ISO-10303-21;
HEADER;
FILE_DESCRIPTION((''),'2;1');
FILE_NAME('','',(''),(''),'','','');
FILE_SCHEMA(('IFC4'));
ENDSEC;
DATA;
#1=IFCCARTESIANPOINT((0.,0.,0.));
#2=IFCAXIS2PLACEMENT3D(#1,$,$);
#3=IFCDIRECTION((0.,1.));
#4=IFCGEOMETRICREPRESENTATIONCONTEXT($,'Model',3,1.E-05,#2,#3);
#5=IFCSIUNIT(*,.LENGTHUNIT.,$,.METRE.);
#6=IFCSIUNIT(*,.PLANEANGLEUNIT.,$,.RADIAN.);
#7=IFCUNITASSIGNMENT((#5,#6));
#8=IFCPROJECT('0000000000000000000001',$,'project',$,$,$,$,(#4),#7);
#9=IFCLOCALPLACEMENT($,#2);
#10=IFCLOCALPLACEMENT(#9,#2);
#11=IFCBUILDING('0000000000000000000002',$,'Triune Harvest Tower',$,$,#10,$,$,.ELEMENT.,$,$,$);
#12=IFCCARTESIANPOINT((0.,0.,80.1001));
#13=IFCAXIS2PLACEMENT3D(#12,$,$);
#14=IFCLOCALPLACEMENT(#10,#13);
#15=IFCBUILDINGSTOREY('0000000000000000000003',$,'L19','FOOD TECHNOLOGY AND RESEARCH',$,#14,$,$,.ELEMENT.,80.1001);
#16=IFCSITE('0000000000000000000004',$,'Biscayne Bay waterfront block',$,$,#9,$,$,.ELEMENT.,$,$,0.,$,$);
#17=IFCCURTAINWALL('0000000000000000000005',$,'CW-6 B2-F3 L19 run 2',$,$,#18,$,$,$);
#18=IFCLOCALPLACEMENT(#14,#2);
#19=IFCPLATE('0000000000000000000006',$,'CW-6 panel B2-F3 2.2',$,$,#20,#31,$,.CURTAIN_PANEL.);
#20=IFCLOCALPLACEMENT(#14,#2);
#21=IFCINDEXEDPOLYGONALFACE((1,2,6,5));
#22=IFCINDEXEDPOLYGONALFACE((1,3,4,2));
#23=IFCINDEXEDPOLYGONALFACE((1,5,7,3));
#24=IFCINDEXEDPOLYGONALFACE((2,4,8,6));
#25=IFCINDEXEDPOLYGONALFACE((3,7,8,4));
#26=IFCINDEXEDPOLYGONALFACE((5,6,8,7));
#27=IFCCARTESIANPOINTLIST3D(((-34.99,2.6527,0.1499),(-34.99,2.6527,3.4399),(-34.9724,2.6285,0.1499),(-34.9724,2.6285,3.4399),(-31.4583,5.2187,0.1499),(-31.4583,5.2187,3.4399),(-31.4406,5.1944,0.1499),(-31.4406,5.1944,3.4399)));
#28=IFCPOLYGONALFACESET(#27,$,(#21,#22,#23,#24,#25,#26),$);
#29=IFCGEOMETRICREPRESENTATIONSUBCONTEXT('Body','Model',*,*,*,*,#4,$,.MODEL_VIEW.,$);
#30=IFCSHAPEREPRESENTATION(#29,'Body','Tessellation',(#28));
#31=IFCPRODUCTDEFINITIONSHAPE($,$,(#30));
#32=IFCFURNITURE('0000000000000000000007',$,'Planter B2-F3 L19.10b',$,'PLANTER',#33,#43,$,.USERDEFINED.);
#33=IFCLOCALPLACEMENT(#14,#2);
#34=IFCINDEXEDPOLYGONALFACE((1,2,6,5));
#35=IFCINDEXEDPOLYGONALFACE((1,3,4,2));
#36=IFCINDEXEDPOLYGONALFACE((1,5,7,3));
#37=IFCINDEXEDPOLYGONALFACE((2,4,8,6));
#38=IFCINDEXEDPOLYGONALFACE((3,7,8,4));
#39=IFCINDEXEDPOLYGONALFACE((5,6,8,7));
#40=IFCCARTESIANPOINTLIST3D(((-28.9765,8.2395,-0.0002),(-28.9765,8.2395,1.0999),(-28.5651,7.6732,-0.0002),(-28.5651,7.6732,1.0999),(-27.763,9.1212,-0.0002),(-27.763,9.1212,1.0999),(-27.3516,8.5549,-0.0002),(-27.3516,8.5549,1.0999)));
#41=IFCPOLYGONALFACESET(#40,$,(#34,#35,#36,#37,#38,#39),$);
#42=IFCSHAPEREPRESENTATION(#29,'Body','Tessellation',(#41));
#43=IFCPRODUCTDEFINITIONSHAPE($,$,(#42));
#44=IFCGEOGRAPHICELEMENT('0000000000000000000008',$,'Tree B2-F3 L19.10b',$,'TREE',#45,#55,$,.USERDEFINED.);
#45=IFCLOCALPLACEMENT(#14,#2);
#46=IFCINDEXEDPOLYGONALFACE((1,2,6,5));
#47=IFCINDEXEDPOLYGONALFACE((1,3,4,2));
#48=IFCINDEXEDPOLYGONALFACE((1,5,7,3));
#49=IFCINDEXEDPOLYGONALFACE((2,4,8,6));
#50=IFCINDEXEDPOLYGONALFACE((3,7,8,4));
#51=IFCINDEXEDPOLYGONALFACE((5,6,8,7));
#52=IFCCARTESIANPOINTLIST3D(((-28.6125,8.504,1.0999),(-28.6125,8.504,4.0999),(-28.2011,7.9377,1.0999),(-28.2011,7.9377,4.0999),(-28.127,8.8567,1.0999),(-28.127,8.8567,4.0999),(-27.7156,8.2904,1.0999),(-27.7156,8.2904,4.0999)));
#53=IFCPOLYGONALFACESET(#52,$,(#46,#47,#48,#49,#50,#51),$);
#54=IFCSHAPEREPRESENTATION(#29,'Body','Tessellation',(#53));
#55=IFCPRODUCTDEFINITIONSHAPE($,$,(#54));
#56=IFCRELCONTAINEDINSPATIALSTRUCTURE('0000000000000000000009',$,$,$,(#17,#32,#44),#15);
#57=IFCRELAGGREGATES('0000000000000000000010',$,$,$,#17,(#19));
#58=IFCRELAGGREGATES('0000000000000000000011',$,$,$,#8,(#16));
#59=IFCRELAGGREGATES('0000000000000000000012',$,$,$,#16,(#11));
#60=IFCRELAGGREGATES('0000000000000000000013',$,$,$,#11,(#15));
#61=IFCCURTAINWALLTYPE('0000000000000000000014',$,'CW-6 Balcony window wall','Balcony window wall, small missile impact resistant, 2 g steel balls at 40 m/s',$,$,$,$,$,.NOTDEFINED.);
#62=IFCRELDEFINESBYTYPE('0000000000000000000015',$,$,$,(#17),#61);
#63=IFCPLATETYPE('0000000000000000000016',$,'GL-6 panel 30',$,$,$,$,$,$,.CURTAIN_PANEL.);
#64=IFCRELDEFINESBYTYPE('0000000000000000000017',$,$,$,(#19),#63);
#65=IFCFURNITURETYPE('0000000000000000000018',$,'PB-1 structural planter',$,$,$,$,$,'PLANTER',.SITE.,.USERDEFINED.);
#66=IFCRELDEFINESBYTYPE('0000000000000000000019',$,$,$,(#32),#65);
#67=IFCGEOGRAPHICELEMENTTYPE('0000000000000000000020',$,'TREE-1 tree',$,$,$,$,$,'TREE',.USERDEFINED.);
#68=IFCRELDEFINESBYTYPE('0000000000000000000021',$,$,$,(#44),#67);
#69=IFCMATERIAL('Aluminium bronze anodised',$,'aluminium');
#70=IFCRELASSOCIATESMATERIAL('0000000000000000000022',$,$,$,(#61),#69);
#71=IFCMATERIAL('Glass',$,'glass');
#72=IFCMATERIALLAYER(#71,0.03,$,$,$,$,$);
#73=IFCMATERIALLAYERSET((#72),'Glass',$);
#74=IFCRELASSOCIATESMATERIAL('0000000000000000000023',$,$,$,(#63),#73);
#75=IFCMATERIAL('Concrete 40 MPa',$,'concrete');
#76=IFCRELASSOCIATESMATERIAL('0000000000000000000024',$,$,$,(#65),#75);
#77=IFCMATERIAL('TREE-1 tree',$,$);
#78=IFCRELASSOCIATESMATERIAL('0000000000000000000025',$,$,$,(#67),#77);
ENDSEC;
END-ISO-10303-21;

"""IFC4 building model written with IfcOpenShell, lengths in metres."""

from ifc_helpers import new_model, si_unit, direction, frame, origin, origin_2d, place, context, subcontext, project, spatial, rectangle, extrude, source, transform, mapped, material, layer, layer_set, type_object, element, aggregate, save


model = new_model("IFC4")

# Units and contexts
model_context = context("Model", 3, precision=1e-05, world=origin(), true_north=direction((0.0, 1.0)))
body_context = subcontext(model_context, "Body", "Model", "MODEL_VIEW")
ifc_project = project(units=[si_unit("LENGTHUNIT", "METRE"), si_unit("PLANEANGLEUNIT", "RADIAN")], contexts=[model_context])

# Site, building, storey
site_placement = place(None, origin())
site = spatial("IfcSite", under=ifc_project, at=site_placement, Name="Biscayne Bay waterfront block", CompositionType="ELEMENT", RefElevation=0.0)
building_placement = place(site_placement, origin())
building = spatial("IfcBuilding", under=site, at=building_placement, Name="Triune Harvest Tower", CompositionType="ELEMENT")
storey_placement = place(building_placement, frame((0.0, 0.0, 80.1001)))
storey = spatial("IfcBuildingStorey", under=building, at=storey_placement, Name="L19", Description="FOOD TECHNOLOGY AND RESEARCH", CompositionType="ELEMENT", Elevation=80.1001)

# Curtain wall
ifc_material_1 = material(Name="Aluminium bronze anodised", Category="aluminium")
curtain_wall_type_1 = type_object("IfcCurtainWallType", Name="CW-6 Balcony window wall", Description="Balcony window wall, small missile impact resistant, 2 g steel balls at 40 m/s", PredefinedType="NOTDEFINED", material=ifc_material_1)
curtain_wall_1_placement = place(storey_placement, origin())
curtain_wall_1 = element("IfcCurtainWall", 1, at=curtain_wall_1_placement, inside=storey, type_object=curtain_wall_type_1, Name="CW-6 B2-F3 L19 run 2")

# Plate
ifc_material_2 = material(Name="Glass", Category="glass")
ifc_layer_1 = layer(ifc_material_2, 0.03)
ifc_layer_set_1 = layer_set([ifc_layer_1], Name="Glass")
plate_type_1 = type_object("IfcPlateType", Name="GL-6 panel 30", PredefinedType="CURTAIN_PANEL", material=ifc_layer_set_1)
shared_shape_1 = source(origin(), body_context, "Body", "SweptSolid", [
    extrude(rectangle(XDim=4.3655, YDim=0.03, at=origin_2d()), origin(), (0.0, 0.0, 1.0), 3.29),
])
plate_1_placement = place(storey_placement, frame((-33.2153, 3.9236, 0.1499), z_axis=(0.0, 0.0, 1.0), x_axis=(-0.809017, -0.587785, 0.0)))
plate_1 = element("IfcPlate", 2, at=plate_1_placement, type_object=plate_type_1, Name="CW-6 panel B2-F3 2.2", PredefinedType="CURTAIN_PANEL", context=body_context, shape_type="MappedRepresentation", body=[
    mapped(shared_shape_1, transform((0.0, 0.0, 0.0), scale=1.0)),
])
aggregate(curtain_wall_1, [plate_1])

# Furniture
ifc_material_3 = material(Name="Concrete 40 MPa", Category="concrete")
furniture_type = type_object("IfcFurnitureType", Name="PB-1 structural planter", ElementType="PLANTER", AssemblyPlace="SITE", PredefinedType="USERDEFINED", material=ifc_material_3)
shared_shape_2 = source(origin(), body_context, "Body", "SweptSolid", [
    extrude(rectangle(XDim=1.5, YDim=0.7, at=origin_2d()), origin(), (0.0, 0.0, 1.0), 1.1001),
])
furniture_placement = place(storey_placement, frame((-28.1641, 8.3972, -0.0002), z_axis=(0.0, 0.0, 1.0), x_axis=(-0.809017, -0.587785, 0.0)))
element("IfcFurniture", 3, at=furniture_placement, inside=storey, type_object=furniture_type, Name="Planter B2-F3 L19.10b", ObjectType="PLANTER", PredefinedType="USERDEFINED", context=body_context, shape_type="MappedRepresentation", body=[
    mapped(shared_shape_2, transform((0.0, 0.0, 0.0), scale=1.0)),
])

# Geographic element
ifc_material_4 = material(Name="TREE-1 tree")
geographic_element_type = type_object("IfcGeographicElementType", Name="TREE-1 tree", ElementType="TREE", PredefinedType="USERDEFINED", material=ifc_material_4)
shared_shape_3 = source(origin(), body_context, "Body", "SweptSolid", [
    extrude(rectangle(XDim=0.6001, YDim=0.7, at=origin_2d()), origin(), (0.0, 0.0, 1.0), 3.0),
])
geographic_element_placement = place(storey_placement, frame((-28.1641, 8.3972, 1.0999), z_axis=(0.0, 0.0, 1.0), x_axis=(-0.809017, -0.587785, 0.0)))
element("IfcGeographicElement", 4, at=geographic_element_placement, inside=storey, type_object=geographic_element_type, Name="Tree B2-F3 L19.10b", ObjectType="TREE", PredefinedType="USERDEFINED", context=body_context, shape_type="MappedRepresentation", body=[
    mapped(shared_shape_3, transform((0.0, 0.0, 0.0), scale=1.0)),
])

save(model, "model.ifc")
